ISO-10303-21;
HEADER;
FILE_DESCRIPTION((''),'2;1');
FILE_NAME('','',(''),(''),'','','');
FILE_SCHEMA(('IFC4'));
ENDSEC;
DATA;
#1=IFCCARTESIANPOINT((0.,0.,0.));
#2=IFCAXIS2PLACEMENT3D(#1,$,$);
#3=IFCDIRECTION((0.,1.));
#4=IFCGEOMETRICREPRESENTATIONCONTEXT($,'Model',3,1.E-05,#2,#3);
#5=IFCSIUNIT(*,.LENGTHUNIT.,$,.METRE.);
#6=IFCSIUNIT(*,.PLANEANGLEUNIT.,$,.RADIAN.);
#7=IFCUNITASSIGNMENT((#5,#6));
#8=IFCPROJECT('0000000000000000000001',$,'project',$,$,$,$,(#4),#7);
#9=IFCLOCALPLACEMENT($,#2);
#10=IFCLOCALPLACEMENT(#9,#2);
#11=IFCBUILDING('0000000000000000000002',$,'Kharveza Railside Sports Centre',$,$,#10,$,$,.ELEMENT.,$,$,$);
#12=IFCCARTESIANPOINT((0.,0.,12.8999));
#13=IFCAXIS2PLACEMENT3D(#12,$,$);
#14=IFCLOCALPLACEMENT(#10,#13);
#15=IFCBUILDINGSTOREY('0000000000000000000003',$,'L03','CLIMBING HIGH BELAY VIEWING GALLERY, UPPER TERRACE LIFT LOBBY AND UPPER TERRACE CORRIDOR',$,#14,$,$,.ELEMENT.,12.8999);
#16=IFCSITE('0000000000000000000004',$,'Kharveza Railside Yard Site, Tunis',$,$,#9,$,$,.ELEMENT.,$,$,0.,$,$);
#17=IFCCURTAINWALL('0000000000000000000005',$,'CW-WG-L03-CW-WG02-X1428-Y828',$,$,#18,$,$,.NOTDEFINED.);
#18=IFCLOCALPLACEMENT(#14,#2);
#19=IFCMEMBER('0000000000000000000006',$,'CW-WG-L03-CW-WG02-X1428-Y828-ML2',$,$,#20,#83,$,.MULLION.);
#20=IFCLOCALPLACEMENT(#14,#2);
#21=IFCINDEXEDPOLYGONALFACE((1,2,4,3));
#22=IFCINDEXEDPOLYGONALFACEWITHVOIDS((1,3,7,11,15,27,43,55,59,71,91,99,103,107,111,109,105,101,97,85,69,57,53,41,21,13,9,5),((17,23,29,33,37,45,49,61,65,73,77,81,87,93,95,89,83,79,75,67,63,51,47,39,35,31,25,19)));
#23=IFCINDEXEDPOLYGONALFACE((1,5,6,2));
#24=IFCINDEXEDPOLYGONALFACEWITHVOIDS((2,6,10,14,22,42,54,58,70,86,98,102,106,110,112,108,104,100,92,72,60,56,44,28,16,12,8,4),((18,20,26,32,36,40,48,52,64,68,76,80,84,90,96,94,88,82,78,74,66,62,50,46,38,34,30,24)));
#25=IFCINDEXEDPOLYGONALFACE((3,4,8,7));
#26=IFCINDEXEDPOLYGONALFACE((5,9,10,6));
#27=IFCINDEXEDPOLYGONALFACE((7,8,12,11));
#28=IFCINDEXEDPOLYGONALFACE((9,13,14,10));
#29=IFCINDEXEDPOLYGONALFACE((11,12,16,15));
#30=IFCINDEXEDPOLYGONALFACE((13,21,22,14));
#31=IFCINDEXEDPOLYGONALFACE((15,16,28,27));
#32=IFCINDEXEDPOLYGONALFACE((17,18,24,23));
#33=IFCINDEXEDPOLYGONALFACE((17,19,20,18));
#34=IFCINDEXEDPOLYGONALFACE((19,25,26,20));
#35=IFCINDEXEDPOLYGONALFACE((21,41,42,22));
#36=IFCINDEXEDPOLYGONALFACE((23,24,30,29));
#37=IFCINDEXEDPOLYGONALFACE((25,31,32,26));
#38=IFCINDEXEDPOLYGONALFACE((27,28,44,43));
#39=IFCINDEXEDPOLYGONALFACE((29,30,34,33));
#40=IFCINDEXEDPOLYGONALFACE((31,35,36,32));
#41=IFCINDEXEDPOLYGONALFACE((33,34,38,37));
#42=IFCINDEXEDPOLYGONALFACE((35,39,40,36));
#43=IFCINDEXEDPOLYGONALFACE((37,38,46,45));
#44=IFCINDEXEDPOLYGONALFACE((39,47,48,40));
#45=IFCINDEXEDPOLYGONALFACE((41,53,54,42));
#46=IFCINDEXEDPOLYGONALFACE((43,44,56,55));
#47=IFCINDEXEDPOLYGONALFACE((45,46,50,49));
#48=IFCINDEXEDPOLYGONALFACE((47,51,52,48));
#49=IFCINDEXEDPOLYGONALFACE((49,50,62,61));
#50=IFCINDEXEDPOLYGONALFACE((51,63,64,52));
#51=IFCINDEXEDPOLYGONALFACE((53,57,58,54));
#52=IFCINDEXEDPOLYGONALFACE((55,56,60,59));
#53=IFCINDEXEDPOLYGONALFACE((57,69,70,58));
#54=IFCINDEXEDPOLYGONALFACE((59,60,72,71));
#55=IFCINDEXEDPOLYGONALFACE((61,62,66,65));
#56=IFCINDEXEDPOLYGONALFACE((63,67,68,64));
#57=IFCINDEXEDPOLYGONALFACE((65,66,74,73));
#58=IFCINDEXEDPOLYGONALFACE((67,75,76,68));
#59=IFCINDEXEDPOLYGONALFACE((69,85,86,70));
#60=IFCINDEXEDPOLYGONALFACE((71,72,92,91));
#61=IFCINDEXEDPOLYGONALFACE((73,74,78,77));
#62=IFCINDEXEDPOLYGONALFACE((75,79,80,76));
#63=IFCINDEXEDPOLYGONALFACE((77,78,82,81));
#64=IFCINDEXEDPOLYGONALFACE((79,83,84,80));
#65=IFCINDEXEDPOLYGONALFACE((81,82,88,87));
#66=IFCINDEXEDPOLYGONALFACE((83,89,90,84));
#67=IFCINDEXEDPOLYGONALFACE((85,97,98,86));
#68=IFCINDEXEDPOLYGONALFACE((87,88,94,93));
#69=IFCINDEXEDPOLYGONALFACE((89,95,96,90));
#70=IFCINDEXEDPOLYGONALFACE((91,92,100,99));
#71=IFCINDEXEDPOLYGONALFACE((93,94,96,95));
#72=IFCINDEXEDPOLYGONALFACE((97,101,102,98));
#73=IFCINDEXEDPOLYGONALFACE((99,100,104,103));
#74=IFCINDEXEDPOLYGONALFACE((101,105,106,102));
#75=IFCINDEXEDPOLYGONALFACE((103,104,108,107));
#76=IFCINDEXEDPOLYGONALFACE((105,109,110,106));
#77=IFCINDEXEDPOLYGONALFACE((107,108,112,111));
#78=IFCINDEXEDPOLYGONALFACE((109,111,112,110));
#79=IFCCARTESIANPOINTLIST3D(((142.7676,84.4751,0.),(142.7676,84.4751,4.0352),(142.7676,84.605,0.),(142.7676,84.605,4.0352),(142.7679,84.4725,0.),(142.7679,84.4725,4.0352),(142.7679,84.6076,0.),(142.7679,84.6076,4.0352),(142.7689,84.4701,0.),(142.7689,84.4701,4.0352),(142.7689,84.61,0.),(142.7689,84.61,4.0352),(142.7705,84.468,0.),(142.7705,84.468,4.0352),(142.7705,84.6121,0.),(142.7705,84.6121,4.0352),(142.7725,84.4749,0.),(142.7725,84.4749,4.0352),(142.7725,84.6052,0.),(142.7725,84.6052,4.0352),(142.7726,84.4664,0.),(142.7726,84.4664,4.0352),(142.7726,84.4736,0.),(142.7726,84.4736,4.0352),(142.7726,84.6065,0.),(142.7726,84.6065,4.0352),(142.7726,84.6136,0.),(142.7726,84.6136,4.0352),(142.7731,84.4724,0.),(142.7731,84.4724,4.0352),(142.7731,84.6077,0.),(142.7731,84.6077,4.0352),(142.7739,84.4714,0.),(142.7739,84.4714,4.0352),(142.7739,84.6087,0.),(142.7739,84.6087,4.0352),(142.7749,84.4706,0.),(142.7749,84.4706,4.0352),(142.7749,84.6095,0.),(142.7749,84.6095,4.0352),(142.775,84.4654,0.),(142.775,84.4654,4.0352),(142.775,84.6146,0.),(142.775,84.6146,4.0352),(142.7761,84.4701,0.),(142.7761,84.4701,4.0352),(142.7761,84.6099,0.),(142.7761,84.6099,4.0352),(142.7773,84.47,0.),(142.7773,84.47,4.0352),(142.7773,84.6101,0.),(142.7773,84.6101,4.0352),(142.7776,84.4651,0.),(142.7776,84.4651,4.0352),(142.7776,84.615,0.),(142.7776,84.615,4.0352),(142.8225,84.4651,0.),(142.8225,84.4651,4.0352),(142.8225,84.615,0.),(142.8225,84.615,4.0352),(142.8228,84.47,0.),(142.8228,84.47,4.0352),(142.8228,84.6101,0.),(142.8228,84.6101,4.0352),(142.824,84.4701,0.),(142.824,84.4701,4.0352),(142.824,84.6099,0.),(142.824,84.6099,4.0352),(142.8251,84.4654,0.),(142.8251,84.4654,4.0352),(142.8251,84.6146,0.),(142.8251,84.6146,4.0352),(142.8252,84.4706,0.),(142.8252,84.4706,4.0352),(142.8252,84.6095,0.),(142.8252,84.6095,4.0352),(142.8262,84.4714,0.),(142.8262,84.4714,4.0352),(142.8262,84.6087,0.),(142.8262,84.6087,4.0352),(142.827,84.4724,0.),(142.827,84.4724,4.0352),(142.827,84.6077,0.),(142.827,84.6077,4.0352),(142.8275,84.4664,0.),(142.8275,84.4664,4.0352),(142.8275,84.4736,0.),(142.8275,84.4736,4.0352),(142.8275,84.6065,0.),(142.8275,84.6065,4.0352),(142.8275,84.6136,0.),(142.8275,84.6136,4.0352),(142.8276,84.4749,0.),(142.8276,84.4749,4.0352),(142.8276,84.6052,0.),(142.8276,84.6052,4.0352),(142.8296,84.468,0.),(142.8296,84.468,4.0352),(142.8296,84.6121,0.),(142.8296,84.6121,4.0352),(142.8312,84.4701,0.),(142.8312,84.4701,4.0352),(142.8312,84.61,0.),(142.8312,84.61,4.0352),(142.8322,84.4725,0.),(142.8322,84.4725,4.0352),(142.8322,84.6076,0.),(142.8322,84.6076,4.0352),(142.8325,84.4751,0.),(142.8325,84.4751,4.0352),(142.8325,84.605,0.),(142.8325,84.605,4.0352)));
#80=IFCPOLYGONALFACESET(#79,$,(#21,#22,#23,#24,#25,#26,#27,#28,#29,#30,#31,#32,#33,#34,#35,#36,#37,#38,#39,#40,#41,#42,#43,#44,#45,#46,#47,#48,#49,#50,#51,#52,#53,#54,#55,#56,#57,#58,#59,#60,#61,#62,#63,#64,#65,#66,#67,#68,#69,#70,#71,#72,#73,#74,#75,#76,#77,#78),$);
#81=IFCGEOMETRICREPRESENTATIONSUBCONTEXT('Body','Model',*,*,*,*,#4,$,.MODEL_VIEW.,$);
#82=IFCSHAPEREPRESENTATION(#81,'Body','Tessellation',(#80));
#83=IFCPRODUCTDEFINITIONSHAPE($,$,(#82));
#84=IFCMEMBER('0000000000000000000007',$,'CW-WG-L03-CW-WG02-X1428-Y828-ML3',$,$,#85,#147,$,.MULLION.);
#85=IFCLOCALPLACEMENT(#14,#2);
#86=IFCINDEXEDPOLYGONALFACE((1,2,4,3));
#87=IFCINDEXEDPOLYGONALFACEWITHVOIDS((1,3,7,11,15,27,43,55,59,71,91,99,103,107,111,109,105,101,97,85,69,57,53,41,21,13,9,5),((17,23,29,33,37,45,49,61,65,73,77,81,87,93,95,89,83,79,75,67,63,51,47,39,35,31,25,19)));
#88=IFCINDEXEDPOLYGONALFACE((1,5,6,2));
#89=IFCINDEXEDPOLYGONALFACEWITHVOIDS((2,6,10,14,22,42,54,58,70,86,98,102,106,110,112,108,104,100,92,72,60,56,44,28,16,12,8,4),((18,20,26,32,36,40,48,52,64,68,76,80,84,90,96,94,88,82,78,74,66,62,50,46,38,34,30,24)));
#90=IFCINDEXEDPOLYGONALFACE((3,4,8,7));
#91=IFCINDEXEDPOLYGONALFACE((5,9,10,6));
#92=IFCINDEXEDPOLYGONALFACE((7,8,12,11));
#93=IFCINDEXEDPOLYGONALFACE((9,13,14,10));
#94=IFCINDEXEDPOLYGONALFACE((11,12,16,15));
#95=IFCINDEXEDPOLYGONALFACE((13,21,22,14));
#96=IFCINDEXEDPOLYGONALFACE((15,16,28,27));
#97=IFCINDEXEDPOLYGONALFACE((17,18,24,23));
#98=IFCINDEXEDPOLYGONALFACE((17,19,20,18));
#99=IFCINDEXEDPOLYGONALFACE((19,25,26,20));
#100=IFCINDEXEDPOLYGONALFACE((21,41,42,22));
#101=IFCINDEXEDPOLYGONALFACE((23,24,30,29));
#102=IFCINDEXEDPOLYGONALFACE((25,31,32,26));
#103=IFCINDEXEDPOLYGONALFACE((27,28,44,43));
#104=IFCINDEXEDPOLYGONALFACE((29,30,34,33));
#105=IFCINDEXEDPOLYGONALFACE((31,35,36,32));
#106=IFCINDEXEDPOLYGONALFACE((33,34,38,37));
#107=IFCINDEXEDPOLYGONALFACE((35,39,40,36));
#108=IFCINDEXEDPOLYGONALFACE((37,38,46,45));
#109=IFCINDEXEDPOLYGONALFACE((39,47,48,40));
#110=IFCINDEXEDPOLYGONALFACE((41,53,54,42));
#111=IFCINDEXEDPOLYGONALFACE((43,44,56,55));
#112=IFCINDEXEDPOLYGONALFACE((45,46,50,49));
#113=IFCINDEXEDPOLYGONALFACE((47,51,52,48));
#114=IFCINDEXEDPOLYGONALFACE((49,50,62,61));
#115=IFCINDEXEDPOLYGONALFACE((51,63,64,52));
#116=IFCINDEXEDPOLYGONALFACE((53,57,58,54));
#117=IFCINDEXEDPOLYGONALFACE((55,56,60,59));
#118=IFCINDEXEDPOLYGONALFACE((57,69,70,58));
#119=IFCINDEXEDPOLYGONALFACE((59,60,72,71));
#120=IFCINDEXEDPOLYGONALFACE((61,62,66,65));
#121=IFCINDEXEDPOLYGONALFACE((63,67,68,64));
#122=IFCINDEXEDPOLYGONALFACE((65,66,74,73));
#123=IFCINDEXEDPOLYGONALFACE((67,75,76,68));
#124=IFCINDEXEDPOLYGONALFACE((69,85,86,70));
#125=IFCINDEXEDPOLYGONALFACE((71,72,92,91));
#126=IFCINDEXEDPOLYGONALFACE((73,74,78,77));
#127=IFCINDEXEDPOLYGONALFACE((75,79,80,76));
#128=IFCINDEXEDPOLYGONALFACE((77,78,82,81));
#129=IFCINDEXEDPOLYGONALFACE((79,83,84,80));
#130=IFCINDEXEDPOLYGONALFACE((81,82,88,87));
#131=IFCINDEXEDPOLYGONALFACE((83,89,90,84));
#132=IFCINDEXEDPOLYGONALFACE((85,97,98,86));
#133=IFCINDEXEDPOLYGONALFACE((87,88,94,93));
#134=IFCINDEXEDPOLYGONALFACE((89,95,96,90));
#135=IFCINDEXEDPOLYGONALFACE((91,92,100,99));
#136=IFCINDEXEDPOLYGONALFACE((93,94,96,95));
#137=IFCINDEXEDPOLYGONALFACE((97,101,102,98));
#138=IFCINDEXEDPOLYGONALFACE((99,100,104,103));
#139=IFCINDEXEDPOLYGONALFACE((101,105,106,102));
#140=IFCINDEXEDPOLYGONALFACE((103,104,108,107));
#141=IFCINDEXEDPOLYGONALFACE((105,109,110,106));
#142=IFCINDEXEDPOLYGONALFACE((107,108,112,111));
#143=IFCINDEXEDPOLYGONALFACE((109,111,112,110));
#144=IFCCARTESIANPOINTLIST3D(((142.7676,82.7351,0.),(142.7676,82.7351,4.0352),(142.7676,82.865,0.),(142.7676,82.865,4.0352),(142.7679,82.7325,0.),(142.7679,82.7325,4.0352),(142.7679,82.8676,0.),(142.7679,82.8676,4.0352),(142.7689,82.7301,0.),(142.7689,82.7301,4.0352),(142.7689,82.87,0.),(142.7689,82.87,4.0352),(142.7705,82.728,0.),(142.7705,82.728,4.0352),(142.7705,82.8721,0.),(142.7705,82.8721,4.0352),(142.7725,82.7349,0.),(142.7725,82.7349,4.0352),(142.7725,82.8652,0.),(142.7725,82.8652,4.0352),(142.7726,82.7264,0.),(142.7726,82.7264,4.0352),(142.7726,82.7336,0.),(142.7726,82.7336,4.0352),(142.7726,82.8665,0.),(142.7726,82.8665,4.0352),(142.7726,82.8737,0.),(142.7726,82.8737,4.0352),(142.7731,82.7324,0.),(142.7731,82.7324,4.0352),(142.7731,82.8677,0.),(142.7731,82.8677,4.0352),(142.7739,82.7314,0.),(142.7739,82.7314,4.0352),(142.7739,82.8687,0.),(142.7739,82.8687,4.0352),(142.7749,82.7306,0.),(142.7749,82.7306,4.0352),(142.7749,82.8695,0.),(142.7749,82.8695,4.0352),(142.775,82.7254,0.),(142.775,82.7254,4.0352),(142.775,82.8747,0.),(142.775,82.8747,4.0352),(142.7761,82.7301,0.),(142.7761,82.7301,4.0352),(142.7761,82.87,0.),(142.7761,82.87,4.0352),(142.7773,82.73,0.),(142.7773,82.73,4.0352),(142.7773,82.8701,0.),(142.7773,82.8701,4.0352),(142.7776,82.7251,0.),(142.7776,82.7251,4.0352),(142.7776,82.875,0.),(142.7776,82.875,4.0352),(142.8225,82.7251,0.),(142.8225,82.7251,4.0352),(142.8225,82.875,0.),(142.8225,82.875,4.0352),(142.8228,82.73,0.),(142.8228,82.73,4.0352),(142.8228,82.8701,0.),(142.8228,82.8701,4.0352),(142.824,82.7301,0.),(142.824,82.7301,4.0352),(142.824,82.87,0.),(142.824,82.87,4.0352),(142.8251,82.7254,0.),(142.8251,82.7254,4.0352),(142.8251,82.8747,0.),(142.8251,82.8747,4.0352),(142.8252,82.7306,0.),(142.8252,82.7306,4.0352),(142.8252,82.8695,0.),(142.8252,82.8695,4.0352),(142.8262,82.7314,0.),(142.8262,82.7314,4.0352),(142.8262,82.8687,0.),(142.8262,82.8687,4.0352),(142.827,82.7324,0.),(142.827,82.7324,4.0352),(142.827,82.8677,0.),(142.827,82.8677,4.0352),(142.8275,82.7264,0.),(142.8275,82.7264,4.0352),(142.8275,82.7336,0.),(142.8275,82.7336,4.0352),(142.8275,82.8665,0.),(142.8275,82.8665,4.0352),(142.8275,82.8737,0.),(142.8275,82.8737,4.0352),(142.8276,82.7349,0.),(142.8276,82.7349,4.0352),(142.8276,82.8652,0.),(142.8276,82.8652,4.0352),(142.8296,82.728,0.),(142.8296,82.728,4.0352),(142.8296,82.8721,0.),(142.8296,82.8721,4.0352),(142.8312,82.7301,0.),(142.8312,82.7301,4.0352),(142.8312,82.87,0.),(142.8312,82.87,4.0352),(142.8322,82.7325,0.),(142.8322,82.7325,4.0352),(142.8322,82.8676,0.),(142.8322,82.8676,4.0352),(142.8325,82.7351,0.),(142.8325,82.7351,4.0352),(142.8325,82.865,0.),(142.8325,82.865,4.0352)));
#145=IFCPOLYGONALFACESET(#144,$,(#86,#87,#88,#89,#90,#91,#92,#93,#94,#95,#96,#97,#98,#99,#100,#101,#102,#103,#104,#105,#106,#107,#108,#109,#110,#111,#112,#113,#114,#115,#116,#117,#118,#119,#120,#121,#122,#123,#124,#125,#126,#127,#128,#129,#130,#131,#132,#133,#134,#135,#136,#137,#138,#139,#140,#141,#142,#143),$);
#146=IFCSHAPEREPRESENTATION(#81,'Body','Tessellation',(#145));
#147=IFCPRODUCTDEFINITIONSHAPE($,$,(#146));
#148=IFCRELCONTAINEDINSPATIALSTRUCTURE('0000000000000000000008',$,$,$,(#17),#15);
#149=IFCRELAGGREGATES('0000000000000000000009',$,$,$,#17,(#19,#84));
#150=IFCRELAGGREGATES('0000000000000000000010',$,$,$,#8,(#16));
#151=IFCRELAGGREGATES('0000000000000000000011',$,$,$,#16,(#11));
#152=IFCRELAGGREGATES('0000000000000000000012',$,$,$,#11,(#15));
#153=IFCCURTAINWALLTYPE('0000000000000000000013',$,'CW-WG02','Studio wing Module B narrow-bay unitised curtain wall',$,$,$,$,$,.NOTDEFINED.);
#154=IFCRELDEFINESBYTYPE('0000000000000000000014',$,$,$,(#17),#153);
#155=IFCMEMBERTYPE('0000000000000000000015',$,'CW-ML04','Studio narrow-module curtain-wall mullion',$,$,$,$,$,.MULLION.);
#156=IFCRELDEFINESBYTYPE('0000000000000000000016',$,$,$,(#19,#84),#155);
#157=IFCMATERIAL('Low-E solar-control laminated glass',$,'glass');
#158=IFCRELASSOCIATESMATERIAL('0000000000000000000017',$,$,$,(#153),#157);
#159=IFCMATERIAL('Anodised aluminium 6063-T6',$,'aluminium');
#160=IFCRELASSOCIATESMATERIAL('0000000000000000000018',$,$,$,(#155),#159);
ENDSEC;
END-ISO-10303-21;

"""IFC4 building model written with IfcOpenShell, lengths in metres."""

from ifc_helpers import new_model, si_unit, direction, frame, origin, origin_2d, place, context, subcontext, project, spatial, hollow_rectangle, extrude, material, material_profile, profile_set, type_object, element, aggregate, save


model = new_model("IFC4")

# Units and contexts
model_context = context("Model", 3, precision=1e-05, world=origin(), true_north=direction((0.0, 1.0)))
body_context = subcontext(model_context, "Body", "Model", "MODEL_VIEW")
ifc_project = project(units=[si_unit("LENGTHUNIT", "METRE"), si_unit("PLANEANGLEUNIT", "RADIAN")], contexts=[model_context])

# Site, building, storey
site_placement = place(None, origin())
site = spatial("IfcSite", under=ifc_project, at=site_placement, Name="Kharveza Railside Yard Site, Tunis", CompositionType="ELEMENT", RefElevation=0.0)
building_placement = place(site_placement, origin())
building = spatial("IfcBuilding", under=site, at=building_placement, Name="Kharveza Railside Sports Centre", CompositionType="ELEMENT")
storey_placement = place(building_placement, frame((0.0, 0.0, 12.8999)))
storey = spatial("IfcBuildingStorey", under=building, at=storey_placement, Name="L03", Description="CLIMBING HIGH BELAY VIEWING GALLERY, UPPER TERRACE LIFT LOBBY AND UPPER TERRACE CORRIDOR", CompositionType="ELEMENT", Elevation=12.8999)

# Curtain wall, members
ifc_material_1 = material(Name="Low-E solar-control laminated glass", Category="glass")
curtain_wall_type = type_object("IfcCurtainWallType", Name="CW-WG02", Description="Studio wing Module B narrow-bay unitised curtain wall", PredefinedType="NOTDEFINED", material=ifc_material_1)
curtain_wall_1_placement = place(storey_placement, origin())
curtain_wall_1 = element("IfcCurtainWall", 1, at=curtain_wall_1_placement, inside=storey, type_object=curtain_wall_type, Name="CW-WG-L03-CW-WG02-X1428-Y828", PredefinedType="NOTDEFINED")
ifc_material_2 = material(Name="Anodised aluminium 6063-T6", Category="aluminium")
ifc_material_profile_1 = material_profile(ifc_material_2, hollow_rectangle(XDim=0.0649, YDim=0.1499, WallThickness=0.0049, InnerFilletRadius=0.0049, OuterFilletRadius=0.01, at=origin_2d()), Name="RHS 65x150x5.0")
ifc_profile_set_1 = profile_set([ifc_material_profile_1], Name="Anodised aluminium 6063-T6")
member_type_1 = type_object("IfcMemberType", Name="CW-ML04", Description="Studio narrow-module curtain-wall mullion", PredefinedType="MULLION", material=ifc_profile_set_1)
member_1_placement = place(storey_placement, frame((142.8, 84.54, 0.0), z_axis=(0.0, 0.0, 1.0), x_axis=(1.0, 0.0, 0.0)))
member_1 = element("IfcMember", 2, at=member_1_placement, type_object=member_type_1, Name="CW-WG-L03-CW-WG02-X1428-Y828-ML2", PredefinedType="MULLION", context=body_context, shape_type="SweptSolid", body=[
    extrude(hollow_rectangle(XDim=0.0649, YDim=0.1499, WallThickness=0.0049, InnerFilletRadius=0.0049, OuterFilletRadius=0.01, at=origin_2d()), origin(), (0.0, 0.0, 1.0), 4.0352),
])
member_2_placement = place(storey_placement, frame((142.8, 82.8, 0.0), z_axis=(0.0, 0.0, 1.0), x_axis=(1.0, 0.0, 0.0)))
member_2 = element("IfcMember", 3, at=member_2_placement, type_object=member_type_1, Name="CW-WG-L03-CW-WG02-X1428-Y828-ML3", PredefinedType="MULLION", context=body_context, shape_type="SweptSolid", body=[
    extrude(hollow_rectangle(XDim=0.0649, YDim=0.1499, WallThickness=0.0049, InnerFilletRadius=0.0049, OuterFilletRadius=0.01, at=origin_2d()), origin(), (0.0, 0.0, 1.0), 4.0352),
])

aggregate(curtain_wall_1, [member_1, member_2])

save(model, "model.ifc")
